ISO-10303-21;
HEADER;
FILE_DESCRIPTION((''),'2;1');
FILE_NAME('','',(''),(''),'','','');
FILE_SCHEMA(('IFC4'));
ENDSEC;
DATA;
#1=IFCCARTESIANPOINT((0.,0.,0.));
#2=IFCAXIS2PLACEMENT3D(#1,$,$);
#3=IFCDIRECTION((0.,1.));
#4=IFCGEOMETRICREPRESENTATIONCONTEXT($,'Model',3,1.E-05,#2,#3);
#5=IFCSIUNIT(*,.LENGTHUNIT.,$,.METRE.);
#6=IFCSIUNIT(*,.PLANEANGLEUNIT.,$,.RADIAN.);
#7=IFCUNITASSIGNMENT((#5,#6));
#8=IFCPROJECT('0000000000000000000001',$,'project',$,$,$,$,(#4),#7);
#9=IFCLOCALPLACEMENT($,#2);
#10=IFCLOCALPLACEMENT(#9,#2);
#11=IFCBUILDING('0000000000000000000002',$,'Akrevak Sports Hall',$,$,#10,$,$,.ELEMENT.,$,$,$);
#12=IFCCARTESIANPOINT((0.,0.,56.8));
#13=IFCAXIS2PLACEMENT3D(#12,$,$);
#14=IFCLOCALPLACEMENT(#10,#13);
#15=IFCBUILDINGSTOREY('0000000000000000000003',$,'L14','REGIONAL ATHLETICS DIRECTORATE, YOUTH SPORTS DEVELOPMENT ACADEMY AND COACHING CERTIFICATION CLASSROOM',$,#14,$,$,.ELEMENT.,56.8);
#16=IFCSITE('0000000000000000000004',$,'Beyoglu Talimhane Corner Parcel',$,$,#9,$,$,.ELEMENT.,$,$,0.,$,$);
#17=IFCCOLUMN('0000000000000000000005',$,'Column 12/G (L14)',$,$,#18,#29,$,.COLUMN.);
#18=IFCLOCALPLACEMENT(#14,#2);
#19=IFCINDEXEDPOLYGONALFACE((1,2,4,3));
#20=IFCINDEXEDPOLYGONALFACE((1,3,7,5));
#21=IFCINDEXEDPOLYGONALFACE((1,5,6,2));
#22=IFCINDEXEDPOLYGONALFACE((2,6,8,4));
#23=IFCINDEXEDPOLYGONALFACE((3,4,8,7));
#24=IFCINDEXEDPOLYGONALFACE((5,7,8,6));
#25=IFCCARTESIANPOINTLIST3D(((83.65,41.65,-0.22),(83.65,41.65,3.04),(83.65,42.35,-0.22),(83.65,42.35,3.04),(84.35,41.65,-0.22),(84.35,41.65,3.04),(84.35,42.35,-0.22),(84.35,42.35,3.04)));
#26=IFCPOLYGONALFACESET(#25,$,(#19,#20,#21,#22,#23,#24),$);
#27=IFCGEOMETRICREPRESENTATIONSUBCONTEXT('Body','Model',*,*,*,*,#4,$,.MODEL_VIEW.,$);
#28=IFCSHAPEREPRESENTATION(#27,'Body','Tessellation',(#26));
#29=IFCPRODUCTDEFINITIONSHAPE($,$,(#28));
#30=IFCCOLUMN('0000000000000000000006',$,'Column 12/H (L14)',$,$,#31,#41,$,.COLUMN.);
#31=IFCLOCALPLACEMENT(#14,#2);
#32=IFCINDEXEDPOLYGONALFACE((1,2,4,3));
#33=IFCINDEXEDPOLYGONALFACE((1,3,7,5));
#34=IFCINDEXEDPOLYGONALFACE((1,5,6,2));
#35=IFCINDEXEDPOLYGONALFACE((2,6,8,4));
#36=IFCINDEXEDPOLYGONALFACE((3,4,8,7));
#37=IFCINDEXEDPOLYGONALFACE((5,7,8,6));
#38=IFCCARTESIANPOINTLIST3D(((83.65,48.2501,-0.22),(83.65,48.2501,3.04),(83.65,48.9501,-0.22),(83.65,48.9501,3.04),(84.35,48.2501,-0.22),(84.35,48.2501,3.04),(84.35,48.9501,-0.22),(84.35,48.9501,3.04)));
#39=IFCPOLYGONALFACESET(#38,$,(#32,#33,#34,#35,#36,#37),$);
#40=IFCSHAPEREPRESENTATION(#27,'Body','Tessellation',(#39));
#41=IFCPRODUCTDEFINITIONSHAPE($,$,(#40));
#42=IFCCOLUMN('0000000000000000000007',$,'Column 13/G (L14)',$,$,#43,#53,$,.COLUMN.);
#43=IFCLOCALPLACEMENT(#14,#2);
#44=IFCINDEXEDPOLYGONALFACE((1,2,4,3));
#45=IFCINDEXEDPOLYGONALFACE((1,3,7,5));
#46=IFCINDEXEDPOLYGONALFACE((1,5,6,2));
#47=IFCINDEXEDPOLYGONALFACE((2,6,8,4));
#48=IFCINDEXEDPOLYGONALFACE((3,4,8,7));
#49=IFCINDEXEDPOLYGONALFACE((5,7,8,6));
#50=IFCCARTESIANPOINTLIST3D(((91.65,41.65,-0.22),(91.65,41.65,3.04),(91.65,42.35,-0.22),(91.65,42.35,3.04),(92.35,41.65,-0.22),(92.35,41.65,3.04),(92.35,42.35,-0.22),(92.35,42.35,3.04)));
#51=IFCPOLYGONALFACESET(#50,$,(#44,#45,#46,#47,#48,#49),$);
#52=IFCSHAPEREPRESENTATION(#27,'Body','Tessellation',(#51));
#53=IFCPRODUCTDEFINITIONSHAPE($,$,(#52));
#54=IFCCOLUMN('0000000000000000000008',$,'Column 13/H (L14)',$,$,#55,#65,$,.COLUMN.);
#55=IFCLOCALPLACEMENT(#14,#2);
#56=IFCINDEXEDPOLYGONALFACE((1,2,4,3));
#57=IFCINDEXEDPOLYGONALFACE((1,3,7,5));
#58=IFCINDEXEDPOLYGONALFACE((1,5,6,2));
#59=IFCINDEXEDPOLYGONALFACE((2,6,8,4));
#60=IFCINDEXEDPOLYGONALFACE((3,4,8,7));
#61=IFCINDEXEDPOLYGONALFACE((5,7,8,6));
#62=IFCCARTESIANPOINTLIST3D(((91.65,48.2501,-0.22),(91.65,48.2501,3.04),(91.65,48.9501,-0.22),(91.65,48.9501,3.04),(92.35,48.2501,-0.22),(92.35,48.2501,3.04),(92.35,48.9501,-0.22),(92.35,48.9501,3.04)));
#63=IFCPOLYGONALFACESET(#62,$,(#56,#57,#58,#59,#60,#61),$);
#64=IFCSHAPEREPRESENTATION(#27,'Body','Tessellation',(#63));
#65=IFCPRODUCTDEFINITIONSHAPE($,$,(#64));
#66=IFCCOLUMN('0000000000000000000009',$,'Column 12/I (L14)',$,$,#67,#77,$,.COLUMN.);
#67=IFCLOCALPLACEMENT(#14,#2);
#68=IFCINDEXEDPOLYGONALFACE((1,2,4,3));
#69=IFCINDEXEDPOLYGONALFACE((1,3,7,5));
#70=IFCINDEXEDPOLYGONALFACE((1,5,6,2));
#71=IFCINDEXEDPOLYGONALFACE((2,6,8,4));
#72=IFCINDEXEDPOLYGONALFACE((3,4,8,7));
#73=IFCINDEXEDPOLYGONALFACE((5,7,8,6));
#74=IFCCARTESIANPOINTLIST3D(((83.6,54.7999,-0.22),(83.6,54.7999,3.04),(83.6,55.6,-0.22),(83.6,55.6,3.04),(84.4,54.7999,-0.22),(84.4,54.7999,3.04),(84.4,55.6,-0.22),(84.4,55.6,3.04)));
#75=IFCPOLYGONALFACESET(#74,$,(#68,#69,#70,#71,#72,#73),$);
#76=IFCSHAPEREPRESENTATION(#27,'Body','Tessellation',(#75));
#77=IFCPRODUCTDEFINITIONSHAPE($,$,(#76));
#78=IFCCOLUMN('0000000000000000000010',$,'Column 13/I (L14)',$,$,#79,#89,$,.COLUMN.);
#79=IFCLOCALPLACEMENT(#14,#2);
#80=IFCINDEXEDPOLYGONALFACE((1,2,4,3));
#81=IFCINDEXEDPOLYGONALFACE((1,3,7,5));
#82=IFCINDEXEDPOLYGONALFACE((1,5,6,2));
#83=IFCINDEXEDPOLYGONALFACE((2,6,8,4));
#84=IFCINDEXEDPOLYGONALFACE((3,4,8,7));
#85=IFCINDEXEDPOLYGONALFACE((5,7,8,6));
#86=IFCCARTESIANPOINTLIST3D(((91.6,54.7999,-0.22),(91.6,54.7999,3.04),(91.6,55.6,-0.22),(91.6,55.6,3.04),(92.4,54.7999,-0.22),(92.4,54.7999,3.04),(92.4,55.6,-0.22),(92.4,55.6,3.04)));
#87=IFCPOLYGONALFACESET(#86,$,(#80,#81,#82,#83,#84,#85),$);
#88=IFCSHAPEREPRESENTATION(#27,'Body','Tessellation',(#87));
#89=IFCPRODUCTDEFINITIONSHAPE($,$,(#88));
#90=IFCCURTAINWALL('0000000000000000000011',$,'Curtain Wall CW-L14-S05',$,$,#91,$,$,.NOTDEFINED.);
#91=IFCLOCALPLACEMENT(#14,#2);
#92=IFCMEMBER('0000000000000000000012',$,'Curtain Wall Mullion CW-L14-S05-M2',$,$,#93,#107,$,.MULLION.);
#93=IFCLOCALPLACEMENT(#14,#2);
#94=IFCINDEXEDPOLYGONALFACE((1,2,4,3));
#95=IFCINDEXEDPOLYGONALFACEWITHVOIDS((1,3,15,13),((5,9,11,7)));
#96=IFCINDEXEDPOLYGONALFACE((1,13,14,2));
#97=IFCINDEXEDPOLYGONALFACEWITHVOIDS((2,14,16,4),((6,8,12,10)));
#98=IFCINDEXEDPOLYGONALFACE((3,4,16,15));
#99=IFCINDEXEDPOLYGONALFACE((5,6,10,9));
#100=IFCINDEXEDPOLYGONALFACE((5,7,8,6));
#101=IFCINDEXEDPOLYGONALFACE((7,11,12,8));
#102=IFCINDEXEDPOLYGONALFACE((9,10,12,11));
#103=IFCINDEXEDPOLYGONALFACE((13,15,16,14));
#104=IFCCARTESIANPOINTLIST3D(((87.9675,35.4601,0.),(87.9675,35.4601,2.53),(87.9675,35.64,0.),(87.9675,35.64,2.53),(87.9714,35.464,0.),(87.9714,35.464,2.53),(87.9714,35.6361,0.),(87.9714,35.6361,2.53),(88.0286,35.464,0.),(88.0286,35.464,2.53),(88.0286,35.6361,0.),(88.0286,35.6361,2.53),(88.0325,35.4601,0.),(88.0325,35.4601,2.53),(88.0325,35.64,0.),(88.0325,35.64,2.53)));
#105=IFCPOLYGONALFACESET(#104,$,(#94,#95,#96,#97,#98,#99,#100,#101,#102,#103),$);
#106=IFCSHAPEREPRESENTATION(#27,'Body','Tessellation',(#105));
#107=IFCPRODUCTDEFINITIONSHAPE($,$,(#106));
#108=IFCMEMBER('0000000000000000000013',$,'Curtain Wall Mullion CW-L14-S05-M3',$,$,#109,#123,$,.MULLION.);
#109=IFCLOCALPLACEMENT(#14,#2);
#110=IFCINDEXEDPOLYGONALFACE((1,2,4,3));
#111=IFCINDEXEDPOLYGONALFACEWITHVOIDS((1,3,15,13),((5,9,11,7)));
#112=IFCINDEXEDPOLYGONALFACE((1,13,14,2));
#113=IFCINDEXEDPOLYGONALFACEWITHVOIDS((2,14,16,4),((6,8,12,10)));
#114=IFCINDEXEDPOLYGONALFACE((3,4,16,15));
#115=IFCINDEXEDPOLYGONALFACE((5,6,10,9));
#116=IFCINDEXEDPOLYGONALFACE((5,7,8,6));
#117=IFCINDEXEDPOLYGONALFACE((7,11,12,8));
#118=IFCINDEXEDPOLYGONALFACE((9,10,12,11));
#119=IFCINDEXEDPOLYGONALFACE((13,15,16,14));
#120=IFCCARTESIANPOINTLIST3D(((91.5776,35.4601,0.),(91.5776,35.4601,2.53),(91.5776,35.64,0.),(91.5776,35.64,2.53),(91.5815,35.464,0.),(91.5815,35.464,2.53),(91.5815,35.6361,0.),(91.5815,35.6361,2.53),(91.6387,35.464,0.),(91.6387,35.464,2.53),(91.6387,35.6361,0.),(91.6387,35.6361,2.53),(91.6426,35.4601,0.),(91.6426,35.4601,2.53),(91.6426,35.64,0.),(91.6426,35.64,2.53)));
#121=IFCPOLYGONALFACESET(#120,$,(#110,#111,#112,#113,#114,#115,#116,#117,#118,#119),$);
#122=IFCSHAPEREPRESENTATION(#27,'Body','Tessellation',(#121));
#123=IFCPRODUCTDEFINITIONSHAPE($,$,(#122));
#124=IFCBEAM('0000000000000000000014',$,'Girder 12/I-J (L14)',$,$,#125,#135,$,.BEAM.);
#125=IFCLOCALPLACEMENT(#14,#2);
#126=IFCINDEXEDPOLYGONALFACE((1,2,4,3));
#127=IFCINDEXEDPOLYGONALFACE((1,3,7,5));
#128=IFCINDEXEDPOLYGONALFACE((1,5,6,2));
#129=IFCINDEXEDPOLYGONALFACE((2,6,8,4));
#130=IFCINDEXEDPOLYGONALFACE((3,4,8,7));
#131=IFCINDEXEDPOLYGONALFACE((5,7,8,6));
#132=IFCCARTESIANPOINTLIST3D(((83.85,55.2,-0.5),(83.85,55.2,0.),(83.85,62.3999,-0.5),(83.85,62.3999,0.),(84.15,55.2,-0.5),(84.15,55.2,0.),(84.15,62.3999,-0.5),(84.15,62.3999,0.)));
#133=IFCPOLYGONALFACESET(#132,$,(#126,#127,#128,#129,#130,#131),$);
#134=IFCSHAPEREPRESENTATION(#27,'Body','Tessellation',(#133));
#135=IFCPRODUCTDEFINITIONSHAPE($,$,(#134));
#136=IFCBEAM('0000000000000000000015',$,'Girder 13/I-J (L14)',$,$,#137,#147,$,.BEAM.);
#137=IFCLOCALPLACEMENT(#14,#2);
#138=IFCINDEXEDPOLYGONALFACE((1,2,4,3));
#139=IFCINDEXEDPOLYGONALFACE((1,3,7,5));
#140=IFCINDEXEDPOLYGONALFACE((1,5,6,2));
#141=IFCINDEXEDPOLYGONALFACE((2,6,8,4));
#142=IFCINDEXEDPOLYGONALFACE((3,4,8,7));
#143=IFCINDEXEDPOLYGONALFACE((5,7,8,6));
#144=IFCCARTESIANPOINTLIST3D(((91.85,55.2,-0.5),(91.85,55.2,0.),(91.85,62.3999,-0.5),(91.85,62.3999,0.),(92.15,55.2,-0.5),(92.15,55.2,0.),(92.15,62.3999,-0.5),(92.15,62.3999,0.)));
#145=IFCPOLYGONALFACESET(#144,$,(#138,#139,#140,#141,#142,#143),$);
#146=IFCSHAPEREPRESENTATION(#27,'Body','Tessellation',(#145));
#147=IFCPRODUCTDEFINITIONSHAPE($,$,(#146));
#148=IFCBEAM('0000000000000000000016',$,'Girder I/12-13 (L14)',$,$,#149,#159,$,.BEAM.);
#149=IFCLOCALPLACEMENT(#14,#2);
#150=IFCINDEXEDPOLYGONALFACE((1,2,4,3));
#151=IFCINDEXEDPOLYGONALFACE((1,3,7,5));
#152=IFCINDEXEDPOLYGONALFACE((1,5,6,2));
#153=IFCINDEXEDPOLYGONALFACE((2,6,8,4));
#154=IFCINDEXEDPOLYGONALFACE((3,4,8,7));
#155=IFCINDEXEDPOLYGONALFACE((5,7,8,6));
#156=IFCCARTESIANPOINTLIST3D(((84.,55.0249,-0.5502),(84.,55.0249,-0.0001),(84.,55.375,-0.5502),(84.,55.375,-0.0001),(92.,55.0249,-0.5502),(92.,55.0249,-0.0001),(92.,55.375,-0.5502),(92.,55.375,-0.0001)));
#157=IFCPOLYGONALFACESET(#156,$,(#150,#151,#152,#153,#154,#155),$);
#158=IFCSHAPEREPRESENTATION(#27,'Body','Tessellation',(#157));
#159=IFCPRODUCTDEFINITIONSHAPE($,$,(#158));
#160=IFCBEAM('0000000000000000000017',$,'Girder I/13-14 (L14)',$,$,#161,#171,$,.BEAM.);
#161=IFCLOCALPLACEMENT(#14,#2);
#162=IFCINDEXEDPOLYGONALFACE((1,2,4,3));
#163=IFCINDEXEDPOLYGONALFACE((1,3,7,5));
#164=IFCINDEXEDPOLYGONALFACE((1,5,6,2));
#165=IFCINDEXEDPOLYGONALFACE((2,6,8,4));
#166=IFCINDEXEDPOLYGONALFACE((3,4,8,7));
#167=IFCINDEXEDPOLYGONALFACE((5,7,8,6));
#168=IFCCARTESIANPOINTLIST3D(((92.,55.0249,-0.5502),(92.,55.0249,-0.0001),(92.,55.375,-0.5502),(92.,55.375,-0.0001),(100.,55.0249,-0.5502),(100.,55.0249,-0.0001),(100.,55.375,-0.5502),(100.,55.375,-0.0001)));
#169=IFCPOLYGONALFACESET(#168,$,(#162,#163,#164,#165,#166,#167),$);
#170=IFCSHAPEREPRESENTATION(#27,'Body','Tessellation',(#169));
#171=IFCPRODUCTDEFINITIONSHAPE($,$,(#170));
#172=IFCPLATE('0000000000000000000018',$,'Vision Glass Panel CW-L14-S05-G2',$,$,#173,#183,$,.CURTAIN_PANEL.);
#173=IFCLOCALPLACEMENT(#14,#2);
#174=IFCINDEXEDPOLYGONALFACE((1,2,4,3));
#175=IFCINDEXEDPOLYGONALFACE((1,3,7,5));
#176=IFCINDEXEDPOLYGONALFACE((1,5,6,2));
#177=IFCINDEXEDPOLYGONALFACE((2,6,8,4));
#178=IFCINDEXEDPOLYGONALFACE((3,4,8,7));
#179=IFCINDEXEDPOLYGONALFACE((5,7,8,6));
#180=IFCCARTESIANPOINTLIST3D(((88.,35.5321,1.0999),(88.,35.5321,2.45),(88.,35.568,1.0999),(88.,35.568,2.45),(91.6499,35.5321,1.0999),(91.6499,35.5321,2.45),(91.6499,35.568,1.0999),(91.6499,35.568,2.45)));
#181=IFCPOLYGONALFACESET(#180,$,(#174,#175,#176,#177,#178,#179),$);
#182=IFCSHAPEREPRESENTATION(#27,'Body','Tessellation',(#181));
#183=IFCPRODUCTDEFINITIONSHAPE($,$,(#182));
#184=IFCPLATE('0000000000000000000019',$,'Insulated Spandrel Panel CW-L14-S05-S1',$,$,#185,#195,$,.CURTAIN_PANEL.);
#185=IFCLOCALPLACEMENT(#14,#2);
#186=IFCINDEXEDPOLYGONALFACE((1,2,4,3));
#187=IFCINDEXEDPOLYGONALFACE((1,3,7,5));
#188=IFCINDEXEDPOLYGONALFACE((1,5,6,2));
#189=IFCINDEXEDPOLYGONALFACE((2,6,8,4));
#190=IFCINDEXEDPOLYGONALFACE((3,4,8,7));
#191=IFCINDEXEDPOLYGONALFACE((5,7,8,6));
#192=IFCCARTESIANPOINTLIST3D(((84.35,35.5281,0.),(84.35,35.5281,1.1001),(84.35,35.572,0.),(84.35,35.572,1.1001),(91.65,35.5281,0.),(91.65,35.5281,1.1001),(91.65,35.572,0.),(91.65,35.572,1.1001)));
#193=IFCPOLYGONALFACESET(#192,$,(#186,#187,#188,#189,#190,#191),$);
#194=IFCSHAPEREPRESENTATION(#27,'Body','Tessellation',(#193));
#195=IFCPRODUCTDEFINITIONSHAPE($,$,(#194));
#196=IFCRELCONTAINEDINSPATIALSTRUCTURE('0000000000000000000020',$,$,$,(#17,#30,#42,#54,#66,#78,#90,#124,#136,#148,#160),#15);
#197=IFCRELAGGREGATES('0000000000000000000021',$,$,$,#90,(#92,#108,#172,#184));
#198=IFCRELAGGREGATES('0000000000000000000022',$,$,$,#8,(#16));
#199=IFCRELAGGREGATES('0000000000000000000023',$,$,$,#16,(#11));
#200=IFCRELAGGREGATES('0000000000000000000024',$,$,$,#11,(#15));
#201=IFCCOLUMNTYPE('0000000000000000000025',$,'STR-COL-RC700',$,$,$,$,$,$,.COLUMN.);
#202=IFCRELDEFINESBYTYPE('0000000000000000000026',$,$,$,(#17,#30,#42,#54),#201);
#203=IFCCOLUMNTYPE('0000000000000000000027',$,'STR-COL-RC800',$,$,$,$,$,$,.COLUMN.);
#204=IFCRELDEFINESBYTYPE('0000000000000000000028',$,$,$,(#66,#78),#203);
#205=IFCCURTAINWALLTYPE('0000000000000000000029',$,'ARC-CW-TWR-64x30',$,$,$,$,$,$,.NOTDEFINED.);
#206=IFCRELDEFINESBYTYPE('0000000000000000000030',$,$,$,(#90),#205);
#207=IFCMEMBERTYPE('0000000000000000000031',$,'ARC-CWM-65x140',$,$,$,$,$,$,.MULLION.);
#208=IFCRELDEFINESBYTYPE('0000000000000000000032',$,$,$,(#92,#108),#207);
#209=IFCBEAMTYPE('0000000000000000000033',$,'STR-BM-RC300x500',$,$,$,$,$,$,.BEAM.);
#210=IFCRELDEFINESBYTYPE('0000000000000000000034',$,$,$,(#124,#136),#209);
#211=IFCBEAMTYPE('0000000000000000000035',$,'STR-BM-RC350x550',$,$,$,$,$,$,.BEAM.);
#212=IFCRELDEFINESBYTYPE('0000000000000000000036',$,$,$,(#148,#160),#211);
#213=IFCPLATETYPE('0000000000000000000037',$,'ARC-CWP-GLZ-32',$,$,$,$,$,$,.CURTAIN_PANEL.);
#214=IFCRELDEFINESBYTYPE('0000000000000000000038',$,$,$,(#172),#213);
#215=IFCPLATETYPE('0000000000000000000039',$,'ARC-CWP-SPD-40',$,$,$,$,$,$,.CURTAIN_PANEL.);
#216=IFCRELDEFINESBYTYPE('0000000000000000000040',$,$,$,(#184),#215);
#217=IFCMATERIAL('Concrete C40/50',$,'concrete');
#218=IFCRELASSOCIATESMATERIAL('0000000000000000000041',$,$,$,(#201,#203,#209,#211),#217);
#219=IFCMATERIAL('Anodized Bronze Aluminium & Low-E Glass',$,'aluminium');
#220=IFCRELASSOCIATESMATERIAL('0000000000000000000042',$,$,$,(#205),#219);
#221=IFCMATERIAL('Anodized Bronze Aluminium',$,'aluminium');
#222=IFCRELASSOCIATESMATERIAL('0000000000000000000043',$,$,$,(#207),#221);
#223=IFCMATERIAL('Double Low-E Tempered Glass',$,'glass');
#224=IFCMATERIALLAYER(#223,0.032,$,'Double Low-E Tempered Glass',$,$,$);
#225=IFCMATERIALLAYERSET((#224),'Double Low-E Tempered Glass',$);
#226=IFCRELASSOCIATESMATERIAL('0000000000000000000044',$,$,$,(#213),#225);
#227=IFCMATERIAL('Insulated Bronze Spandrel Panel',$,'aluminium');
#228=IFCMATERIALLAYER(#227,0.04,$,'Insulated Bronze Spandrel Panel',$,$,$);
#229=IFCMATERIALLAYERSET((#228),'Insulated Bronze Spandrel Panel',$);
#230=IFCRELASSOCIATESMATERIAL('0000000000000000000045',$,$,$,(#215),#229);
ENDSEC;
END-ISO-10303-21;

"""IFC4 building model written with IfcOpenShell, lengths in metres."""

from ifc_helpers import new_model, si_unit, direction, frame, origin, origin_2d, place, context, subcontext, project, spatial, rectangle, hollow_rectangle, extrude, material, layer, layer_set, material_profile, profile_set, type_object, element, aggregate, save


model = new_model("IFC4")

# Units and contexts
model_context = context("Model", 3, precision=1e-05, world=origin(), true_north=direction((0.0, 1.0)))
body_context = subcontext(model_context, "Body", "Model", "MODEL_VIEW")
ifc_project = project(units=[si_unit("LENGTHUNIT", "METRE"), si_unit("PLANEANGLEUNIT", "RADIAN")], contexts=[model_context])

# Site, building, storey
site_placement = place(None, origin())
site = spatial("IfcSite", under=ifc_project, at=site_placement, Name="Beyoglu Talimhane Corner Parcel", CompositionType="ELEMENT", RefElevation=0.0)
building_placement = place(site_placement, origin())
building = spatial("IfcBuilding", under=site, at=building_placement, Name="Akrevak Sports Hall", CompositionType="ELEMENT")
storey_placement = place(building_placement, frame((0.0, 0.0, 56.8)))
storey = spatial("IfcBuildingStorey", under=building, at=storey_placement, Name="L14", Description="REGIONAL ATHLETICS DIRECTORATE, YOUTH SPORTS DEVELOPMENT ACADEMY AND COACHING CERTIFICATION CLASSROOM", CompositionType="ELEMENT", Elevation=56.8)

# Columns
ifc_material_1 = material(Name="Concrete C40/50", Category="concrete")
ifc_material_profile_1 = material_profile(ifc_material_1, rectangle(XDim=0.7, YDim=0.7, at=origin_2d()), Name="RC 700x700", Category="concrete")
ifc_profile_set_1 = profile_set([ifc_material_profile_1], Name="Concrete C40/50")
column_type_1 = type_object("IfcColumnType", Name="STR-COL-RC700", PredefinedType="COLUMN", material=ifc_profile_set_1)
for number, where, z_axis, x_axis, name in (
    (1, (84.0, 42.0, -0.22), (0.0, 0.0, 1.0), (1.0, 0.0, 0.0), "Column 12/G (L14)"),
    (2, (84.0, 48.6001, -0.22), (0.0, 0.0, 1.0), (1.0, 0.0, 0.0), "Column 12/H (L14)"),
    (3, (92.0, 42.0, -0.22), (0.0, 0.0, 1.0), (1.0, 0.0, 0.0), "Column 13/G (L14)"),
    (4, (92.0, 48.6001, -0.22), (0.0, 0.0, 1.0), (1.0, 0.0, 0.0), "Column 13/H (L14)"),
):
    element("IfcColumn", number, at=place(storey_placement, frame(where, z_axis=z_axis, x_axis=x_axis)), inside=storey, type_object=column_type_1, Name=name, PredefinedType="COLUMN", context=body_context, shape_type="SweptSolid", body=[
        extrude(rectangle(XDim=0.7, YDim=0.7, at=origin_2d()), origin(), (0.0, 0.0, 1.0), 3.26),
    ])
ifc_material_profile_2 = material_profile(ifc_material_1, rectangle(XDim=0.8, YDim=0.8, at=origin_2d()), Name="RC 800x800", Category="concrete")
ifc_profile_set_2 = profile_set([ifc_material_profile_2], Name="Concrete C40/50")
column_type_2 = type_object("IfcColumnType", Name="STR-COL-RC800", PredefinedType="COLUMN", material=ifc_profile_set_2)
for number, where, z_axis, x_axis, name in (
    (5, (84.0, 55.2, -0.22), (0.0, 0.0, 1.0), (1.0, 0.0, 0.0), "Column 12/I (L14)"),
    (6, (92.0, 55.2, -0.22), (0.0, 0.0, 1.0), (1.0, 0.0, 0.0), "Column 13/I (L14)"),
):
    element("IfcColumn", number, at=place(storey_placement, frame(where, z_axis=z_axis, x_axis=x_axis)), inside=storey, type_object=column_type_2, Name=name, PredefinedType="COLUMN", context=body_context, shape_type="SweptSolid", body=[
        extrude(rectangle(XDim=0.8, YDim=0.8, at=origin_2d()), origin(), (0.0, 0.0, 1.0), 3.26),
    ])

# Curtain wall, members
ifc_material_2 = material(Name="Anodized Bronze Aluminium & Low-E Glass", Category="aluminium")
curtain_wall_type = type_object("IfcCurtainWallType", Name="ARC-CW-TWR-64x30", PredefinedType="NOTDEFINED", material=ifc_material_2)
curtain_wall_placement = place(storey_placement, origin())
curtain_wall = element("IfcCurtainWall", 7, at=curtain_wall_placement, inside=storey, type_object=curtain_wall_type, Name="Curtain Wall CW-L14-S05", PredefinedType="NOTDEFINED")
ifc_material_3 = material(Name="Anodized Bronze Aluminium", Category="aluminium")
ifc_material_profile_3 = material_profile(ifc_material_3, hollow_rectangle(XDim=0.0649, YDim=0.1799, WallThickness=0.0039, at=origin_2d()), Name="CWM 65x180", Category="aluminium")
ifc_profile_set_3 = profile_set([ifc_material_profile_3], Name="Anodized Bronze Aluminium")
member_type = type_object("IfcMemberType", Name="ARC-CWM-65x140", PredefinedType="MULLION", material=ifc_profile_set_3)
member_1_placement = place(storey_placement, frame((88.0, 35.55, 0.0), z_axis=(0.0, 0.0, 1.0), x_axis=(1.0, 0.0, 0.0)))
member_1 = element("IfcMember", 8, at=member_1_placement, type_object=member_type, Name="Curtain Wall Mullion CW-L14-S05-M2", PredefinedType="MULLION", context=body_context, shape_type="SweptSolid", body=[
    extrude(hollow_rectangle(XDim=0.0649, YDim=0.1799, WallThickness=0.0039, at=origin_2d()), origin(), (0.0, 0.0, 1.0), 2.53),
])
member_2_placement = place(storey_placement, frame((91.6101, 35.55, 0.0), z_axis=(0.0, 0.0, 1.0), x_axis=(1.0, 0.0, 0.0)))
member_2 = element("IfcMember", 9, at=member_2_placement, type_object=member_type, Name="Curtain Wall Mullion CW-L14-S05-M3", PredefinedType="MULLION", context=body_context, shape_type="SweptSolid", body=[
    extrude(hollow_rectangle(XDim=0.0649, YDim=0.1799, WallThickness=0.0039, at=origin_2d()), origin(), (0.0, 0.0, 1.0), 2.53),
])

# Beams
ifc_material_profile_4 = material_profile(ifc_material_1, rectangle(XDim=0.3, YDim=0.5, at=origin_2d()), Name="BM 300x500", Category="concrete")
ifc_profile_set_4 = profile_set([ifc_material_profile_4], Name="Concrete C40/50")
beam_type_1 = type_object("IfcBeamType", Name="STR-BM-RC300x500", PredefinedType="BEAM", material=ifc_profile_set_4)
for number, where, z_axis, x_axis, name in (
    (10, (84.0, 55.2, -0.25), (0.0, 1.0, 0.0), (-1.0, 0.0, 0.0), "Girder 12/I-J (L14)"),
    (11, (92.0, 55.2, -0.25), (0.0, 1.0, 0.0), (-1.0, 0.0, 0.0), "Girder 13/I-J (L14)"),
):
    element("IfcBeam", number, at=place(storey_placement, frame(where, z_axis=z_axis, x_axis=x_axis)), inside=storey, type_object=beam_type_1, Name=name, PredefinedType="BEAM", context=body_context, shape_type="SweptSolid", body=[
        extrude(rectangle(XDim=0.3, YDim=0.5, at=origin_2d()), origin(), (0.0, 0.0, 1.0), 7.2),
    ])
ifc_material_profile_5 = material_profile(ifc_material_1, rectangle(XDim=0.3501, YDim=0.55, at=origin_2d()), Name="BM 350x550", Category="concrete")
ifc_profile_set_5 = profile_set([ifc_material_profile_5], Name="Concrete C40/50")
beam_type_2 = type_object("IfcBeamType", Name="STR-BM-RC350x550", PredefinedType="BEAM", material=ifc_profile_set_5)
for number, where, z_axis, x_axis, name in (
    (12, (84.0, 55.2, -0.2751), (1.0, 0.0, 0.0), (0.0, 1.0, 0.0), "Girder I/12-13 (L14)"),
    (13, (92.0, 55.2, -0.2751), (1.0, 0.0, 0.0), (0.0, 1.0, 0.0), "Girder I/13-14 (L14)"),
):
    element("IfcBeam", number, at=place(storey_placement, frame(where, z_axis=z_axis, x_axis=x_axis)), inside=storey, type_object=beam_type_2, Name=name, PredefinedType="BEAM", context=body_context, shape_type="SweptSolid", body=[
        extrude(rectangle(XDim=0.3501, YDim=0.55, at=origin_2d()), origin(), (0.0, 0.0, 1.0), 8.0),
    ])

# Plates
ifc_material_4 = material(Name="Double Low-E Tempered Glass", Category="glass")
ifc_layer_1 = layer(ifc_material_4, 0.032, Name="Double Low-E Tempered Glass")
ifc_layer_set_1 = layer_set([ifc_layer_1], Name="Double Low-E Tempered Glass")
plate_type_1 = type_object("IfcPlateType", Name="ARC-CWP-GLZ-32", PredefinedType="CURTAIN_PANEL", material=ifc_layer_set_1)
plate_1_placement = place(storey_placement, frame((89.825, 35.55, 1.0999), z_axis=(0.0, 0.0, 1.0), x_axis=(1.0, 0.0, 0.0)))
plate_1 = element("IfcPlate", 14, at=plate_1_placement, type_object=plate_type_1, Name="Vision Glass Panel CW-L14-S05-G2", PredefinedType="CURTAIN_PANEL", context=body_context, shape_type="SweptSolid", body=[
    extrude(rectangle(XDim=3.6499, YDim=0.0359, at=origin_2d()), origin(), (0.0, 0.0, 1.0), 1.3501),
])
ifc_material_5 = material(Name="Insulated Bronze Spandrel Panel", Category="aluminium")
ifc_layer_2 = layer(ifc_material_5, 0.04, Name="Insulated Bronze Spandrel Panel")
ifc_layer_set_2 = layer_set([ifc_layer_2], Name="Insulated Bronze Spandrel Panel")
plate_type_2 = type_object("IfcPlateType", Name="ARC-CWP-SPD-40", PredefinedType="CURTAIN_PANEL", material=ifc_layer_set_2)
plate_2_placement = place(storey_placement, frame((88.0, 35.55, 0.0), z_axis=(0.0, 0.0, 1.0), x_axis=(1.0, 0.0, 0.0)))
plate_2 = element("IfcPlate", 15, at=plate_2_placement, type_object=plate_type_2, Name="Insulated Spandrel Panel CW-L14-S05-S1", PredefinedType="CURTAIN_PANEL", context=body_context, shape_type="SweptSolid", body=[
    extrude(rectangle(XDim=7.3, YDim=0.0439, at=origin_2d()), origin(), (0.0, 0.0, 1.0), 1.1001),
])
aggregate(curtain_wall, [member_1, member_2, plate_1, plate_2])

save(model, "model.ifc")
